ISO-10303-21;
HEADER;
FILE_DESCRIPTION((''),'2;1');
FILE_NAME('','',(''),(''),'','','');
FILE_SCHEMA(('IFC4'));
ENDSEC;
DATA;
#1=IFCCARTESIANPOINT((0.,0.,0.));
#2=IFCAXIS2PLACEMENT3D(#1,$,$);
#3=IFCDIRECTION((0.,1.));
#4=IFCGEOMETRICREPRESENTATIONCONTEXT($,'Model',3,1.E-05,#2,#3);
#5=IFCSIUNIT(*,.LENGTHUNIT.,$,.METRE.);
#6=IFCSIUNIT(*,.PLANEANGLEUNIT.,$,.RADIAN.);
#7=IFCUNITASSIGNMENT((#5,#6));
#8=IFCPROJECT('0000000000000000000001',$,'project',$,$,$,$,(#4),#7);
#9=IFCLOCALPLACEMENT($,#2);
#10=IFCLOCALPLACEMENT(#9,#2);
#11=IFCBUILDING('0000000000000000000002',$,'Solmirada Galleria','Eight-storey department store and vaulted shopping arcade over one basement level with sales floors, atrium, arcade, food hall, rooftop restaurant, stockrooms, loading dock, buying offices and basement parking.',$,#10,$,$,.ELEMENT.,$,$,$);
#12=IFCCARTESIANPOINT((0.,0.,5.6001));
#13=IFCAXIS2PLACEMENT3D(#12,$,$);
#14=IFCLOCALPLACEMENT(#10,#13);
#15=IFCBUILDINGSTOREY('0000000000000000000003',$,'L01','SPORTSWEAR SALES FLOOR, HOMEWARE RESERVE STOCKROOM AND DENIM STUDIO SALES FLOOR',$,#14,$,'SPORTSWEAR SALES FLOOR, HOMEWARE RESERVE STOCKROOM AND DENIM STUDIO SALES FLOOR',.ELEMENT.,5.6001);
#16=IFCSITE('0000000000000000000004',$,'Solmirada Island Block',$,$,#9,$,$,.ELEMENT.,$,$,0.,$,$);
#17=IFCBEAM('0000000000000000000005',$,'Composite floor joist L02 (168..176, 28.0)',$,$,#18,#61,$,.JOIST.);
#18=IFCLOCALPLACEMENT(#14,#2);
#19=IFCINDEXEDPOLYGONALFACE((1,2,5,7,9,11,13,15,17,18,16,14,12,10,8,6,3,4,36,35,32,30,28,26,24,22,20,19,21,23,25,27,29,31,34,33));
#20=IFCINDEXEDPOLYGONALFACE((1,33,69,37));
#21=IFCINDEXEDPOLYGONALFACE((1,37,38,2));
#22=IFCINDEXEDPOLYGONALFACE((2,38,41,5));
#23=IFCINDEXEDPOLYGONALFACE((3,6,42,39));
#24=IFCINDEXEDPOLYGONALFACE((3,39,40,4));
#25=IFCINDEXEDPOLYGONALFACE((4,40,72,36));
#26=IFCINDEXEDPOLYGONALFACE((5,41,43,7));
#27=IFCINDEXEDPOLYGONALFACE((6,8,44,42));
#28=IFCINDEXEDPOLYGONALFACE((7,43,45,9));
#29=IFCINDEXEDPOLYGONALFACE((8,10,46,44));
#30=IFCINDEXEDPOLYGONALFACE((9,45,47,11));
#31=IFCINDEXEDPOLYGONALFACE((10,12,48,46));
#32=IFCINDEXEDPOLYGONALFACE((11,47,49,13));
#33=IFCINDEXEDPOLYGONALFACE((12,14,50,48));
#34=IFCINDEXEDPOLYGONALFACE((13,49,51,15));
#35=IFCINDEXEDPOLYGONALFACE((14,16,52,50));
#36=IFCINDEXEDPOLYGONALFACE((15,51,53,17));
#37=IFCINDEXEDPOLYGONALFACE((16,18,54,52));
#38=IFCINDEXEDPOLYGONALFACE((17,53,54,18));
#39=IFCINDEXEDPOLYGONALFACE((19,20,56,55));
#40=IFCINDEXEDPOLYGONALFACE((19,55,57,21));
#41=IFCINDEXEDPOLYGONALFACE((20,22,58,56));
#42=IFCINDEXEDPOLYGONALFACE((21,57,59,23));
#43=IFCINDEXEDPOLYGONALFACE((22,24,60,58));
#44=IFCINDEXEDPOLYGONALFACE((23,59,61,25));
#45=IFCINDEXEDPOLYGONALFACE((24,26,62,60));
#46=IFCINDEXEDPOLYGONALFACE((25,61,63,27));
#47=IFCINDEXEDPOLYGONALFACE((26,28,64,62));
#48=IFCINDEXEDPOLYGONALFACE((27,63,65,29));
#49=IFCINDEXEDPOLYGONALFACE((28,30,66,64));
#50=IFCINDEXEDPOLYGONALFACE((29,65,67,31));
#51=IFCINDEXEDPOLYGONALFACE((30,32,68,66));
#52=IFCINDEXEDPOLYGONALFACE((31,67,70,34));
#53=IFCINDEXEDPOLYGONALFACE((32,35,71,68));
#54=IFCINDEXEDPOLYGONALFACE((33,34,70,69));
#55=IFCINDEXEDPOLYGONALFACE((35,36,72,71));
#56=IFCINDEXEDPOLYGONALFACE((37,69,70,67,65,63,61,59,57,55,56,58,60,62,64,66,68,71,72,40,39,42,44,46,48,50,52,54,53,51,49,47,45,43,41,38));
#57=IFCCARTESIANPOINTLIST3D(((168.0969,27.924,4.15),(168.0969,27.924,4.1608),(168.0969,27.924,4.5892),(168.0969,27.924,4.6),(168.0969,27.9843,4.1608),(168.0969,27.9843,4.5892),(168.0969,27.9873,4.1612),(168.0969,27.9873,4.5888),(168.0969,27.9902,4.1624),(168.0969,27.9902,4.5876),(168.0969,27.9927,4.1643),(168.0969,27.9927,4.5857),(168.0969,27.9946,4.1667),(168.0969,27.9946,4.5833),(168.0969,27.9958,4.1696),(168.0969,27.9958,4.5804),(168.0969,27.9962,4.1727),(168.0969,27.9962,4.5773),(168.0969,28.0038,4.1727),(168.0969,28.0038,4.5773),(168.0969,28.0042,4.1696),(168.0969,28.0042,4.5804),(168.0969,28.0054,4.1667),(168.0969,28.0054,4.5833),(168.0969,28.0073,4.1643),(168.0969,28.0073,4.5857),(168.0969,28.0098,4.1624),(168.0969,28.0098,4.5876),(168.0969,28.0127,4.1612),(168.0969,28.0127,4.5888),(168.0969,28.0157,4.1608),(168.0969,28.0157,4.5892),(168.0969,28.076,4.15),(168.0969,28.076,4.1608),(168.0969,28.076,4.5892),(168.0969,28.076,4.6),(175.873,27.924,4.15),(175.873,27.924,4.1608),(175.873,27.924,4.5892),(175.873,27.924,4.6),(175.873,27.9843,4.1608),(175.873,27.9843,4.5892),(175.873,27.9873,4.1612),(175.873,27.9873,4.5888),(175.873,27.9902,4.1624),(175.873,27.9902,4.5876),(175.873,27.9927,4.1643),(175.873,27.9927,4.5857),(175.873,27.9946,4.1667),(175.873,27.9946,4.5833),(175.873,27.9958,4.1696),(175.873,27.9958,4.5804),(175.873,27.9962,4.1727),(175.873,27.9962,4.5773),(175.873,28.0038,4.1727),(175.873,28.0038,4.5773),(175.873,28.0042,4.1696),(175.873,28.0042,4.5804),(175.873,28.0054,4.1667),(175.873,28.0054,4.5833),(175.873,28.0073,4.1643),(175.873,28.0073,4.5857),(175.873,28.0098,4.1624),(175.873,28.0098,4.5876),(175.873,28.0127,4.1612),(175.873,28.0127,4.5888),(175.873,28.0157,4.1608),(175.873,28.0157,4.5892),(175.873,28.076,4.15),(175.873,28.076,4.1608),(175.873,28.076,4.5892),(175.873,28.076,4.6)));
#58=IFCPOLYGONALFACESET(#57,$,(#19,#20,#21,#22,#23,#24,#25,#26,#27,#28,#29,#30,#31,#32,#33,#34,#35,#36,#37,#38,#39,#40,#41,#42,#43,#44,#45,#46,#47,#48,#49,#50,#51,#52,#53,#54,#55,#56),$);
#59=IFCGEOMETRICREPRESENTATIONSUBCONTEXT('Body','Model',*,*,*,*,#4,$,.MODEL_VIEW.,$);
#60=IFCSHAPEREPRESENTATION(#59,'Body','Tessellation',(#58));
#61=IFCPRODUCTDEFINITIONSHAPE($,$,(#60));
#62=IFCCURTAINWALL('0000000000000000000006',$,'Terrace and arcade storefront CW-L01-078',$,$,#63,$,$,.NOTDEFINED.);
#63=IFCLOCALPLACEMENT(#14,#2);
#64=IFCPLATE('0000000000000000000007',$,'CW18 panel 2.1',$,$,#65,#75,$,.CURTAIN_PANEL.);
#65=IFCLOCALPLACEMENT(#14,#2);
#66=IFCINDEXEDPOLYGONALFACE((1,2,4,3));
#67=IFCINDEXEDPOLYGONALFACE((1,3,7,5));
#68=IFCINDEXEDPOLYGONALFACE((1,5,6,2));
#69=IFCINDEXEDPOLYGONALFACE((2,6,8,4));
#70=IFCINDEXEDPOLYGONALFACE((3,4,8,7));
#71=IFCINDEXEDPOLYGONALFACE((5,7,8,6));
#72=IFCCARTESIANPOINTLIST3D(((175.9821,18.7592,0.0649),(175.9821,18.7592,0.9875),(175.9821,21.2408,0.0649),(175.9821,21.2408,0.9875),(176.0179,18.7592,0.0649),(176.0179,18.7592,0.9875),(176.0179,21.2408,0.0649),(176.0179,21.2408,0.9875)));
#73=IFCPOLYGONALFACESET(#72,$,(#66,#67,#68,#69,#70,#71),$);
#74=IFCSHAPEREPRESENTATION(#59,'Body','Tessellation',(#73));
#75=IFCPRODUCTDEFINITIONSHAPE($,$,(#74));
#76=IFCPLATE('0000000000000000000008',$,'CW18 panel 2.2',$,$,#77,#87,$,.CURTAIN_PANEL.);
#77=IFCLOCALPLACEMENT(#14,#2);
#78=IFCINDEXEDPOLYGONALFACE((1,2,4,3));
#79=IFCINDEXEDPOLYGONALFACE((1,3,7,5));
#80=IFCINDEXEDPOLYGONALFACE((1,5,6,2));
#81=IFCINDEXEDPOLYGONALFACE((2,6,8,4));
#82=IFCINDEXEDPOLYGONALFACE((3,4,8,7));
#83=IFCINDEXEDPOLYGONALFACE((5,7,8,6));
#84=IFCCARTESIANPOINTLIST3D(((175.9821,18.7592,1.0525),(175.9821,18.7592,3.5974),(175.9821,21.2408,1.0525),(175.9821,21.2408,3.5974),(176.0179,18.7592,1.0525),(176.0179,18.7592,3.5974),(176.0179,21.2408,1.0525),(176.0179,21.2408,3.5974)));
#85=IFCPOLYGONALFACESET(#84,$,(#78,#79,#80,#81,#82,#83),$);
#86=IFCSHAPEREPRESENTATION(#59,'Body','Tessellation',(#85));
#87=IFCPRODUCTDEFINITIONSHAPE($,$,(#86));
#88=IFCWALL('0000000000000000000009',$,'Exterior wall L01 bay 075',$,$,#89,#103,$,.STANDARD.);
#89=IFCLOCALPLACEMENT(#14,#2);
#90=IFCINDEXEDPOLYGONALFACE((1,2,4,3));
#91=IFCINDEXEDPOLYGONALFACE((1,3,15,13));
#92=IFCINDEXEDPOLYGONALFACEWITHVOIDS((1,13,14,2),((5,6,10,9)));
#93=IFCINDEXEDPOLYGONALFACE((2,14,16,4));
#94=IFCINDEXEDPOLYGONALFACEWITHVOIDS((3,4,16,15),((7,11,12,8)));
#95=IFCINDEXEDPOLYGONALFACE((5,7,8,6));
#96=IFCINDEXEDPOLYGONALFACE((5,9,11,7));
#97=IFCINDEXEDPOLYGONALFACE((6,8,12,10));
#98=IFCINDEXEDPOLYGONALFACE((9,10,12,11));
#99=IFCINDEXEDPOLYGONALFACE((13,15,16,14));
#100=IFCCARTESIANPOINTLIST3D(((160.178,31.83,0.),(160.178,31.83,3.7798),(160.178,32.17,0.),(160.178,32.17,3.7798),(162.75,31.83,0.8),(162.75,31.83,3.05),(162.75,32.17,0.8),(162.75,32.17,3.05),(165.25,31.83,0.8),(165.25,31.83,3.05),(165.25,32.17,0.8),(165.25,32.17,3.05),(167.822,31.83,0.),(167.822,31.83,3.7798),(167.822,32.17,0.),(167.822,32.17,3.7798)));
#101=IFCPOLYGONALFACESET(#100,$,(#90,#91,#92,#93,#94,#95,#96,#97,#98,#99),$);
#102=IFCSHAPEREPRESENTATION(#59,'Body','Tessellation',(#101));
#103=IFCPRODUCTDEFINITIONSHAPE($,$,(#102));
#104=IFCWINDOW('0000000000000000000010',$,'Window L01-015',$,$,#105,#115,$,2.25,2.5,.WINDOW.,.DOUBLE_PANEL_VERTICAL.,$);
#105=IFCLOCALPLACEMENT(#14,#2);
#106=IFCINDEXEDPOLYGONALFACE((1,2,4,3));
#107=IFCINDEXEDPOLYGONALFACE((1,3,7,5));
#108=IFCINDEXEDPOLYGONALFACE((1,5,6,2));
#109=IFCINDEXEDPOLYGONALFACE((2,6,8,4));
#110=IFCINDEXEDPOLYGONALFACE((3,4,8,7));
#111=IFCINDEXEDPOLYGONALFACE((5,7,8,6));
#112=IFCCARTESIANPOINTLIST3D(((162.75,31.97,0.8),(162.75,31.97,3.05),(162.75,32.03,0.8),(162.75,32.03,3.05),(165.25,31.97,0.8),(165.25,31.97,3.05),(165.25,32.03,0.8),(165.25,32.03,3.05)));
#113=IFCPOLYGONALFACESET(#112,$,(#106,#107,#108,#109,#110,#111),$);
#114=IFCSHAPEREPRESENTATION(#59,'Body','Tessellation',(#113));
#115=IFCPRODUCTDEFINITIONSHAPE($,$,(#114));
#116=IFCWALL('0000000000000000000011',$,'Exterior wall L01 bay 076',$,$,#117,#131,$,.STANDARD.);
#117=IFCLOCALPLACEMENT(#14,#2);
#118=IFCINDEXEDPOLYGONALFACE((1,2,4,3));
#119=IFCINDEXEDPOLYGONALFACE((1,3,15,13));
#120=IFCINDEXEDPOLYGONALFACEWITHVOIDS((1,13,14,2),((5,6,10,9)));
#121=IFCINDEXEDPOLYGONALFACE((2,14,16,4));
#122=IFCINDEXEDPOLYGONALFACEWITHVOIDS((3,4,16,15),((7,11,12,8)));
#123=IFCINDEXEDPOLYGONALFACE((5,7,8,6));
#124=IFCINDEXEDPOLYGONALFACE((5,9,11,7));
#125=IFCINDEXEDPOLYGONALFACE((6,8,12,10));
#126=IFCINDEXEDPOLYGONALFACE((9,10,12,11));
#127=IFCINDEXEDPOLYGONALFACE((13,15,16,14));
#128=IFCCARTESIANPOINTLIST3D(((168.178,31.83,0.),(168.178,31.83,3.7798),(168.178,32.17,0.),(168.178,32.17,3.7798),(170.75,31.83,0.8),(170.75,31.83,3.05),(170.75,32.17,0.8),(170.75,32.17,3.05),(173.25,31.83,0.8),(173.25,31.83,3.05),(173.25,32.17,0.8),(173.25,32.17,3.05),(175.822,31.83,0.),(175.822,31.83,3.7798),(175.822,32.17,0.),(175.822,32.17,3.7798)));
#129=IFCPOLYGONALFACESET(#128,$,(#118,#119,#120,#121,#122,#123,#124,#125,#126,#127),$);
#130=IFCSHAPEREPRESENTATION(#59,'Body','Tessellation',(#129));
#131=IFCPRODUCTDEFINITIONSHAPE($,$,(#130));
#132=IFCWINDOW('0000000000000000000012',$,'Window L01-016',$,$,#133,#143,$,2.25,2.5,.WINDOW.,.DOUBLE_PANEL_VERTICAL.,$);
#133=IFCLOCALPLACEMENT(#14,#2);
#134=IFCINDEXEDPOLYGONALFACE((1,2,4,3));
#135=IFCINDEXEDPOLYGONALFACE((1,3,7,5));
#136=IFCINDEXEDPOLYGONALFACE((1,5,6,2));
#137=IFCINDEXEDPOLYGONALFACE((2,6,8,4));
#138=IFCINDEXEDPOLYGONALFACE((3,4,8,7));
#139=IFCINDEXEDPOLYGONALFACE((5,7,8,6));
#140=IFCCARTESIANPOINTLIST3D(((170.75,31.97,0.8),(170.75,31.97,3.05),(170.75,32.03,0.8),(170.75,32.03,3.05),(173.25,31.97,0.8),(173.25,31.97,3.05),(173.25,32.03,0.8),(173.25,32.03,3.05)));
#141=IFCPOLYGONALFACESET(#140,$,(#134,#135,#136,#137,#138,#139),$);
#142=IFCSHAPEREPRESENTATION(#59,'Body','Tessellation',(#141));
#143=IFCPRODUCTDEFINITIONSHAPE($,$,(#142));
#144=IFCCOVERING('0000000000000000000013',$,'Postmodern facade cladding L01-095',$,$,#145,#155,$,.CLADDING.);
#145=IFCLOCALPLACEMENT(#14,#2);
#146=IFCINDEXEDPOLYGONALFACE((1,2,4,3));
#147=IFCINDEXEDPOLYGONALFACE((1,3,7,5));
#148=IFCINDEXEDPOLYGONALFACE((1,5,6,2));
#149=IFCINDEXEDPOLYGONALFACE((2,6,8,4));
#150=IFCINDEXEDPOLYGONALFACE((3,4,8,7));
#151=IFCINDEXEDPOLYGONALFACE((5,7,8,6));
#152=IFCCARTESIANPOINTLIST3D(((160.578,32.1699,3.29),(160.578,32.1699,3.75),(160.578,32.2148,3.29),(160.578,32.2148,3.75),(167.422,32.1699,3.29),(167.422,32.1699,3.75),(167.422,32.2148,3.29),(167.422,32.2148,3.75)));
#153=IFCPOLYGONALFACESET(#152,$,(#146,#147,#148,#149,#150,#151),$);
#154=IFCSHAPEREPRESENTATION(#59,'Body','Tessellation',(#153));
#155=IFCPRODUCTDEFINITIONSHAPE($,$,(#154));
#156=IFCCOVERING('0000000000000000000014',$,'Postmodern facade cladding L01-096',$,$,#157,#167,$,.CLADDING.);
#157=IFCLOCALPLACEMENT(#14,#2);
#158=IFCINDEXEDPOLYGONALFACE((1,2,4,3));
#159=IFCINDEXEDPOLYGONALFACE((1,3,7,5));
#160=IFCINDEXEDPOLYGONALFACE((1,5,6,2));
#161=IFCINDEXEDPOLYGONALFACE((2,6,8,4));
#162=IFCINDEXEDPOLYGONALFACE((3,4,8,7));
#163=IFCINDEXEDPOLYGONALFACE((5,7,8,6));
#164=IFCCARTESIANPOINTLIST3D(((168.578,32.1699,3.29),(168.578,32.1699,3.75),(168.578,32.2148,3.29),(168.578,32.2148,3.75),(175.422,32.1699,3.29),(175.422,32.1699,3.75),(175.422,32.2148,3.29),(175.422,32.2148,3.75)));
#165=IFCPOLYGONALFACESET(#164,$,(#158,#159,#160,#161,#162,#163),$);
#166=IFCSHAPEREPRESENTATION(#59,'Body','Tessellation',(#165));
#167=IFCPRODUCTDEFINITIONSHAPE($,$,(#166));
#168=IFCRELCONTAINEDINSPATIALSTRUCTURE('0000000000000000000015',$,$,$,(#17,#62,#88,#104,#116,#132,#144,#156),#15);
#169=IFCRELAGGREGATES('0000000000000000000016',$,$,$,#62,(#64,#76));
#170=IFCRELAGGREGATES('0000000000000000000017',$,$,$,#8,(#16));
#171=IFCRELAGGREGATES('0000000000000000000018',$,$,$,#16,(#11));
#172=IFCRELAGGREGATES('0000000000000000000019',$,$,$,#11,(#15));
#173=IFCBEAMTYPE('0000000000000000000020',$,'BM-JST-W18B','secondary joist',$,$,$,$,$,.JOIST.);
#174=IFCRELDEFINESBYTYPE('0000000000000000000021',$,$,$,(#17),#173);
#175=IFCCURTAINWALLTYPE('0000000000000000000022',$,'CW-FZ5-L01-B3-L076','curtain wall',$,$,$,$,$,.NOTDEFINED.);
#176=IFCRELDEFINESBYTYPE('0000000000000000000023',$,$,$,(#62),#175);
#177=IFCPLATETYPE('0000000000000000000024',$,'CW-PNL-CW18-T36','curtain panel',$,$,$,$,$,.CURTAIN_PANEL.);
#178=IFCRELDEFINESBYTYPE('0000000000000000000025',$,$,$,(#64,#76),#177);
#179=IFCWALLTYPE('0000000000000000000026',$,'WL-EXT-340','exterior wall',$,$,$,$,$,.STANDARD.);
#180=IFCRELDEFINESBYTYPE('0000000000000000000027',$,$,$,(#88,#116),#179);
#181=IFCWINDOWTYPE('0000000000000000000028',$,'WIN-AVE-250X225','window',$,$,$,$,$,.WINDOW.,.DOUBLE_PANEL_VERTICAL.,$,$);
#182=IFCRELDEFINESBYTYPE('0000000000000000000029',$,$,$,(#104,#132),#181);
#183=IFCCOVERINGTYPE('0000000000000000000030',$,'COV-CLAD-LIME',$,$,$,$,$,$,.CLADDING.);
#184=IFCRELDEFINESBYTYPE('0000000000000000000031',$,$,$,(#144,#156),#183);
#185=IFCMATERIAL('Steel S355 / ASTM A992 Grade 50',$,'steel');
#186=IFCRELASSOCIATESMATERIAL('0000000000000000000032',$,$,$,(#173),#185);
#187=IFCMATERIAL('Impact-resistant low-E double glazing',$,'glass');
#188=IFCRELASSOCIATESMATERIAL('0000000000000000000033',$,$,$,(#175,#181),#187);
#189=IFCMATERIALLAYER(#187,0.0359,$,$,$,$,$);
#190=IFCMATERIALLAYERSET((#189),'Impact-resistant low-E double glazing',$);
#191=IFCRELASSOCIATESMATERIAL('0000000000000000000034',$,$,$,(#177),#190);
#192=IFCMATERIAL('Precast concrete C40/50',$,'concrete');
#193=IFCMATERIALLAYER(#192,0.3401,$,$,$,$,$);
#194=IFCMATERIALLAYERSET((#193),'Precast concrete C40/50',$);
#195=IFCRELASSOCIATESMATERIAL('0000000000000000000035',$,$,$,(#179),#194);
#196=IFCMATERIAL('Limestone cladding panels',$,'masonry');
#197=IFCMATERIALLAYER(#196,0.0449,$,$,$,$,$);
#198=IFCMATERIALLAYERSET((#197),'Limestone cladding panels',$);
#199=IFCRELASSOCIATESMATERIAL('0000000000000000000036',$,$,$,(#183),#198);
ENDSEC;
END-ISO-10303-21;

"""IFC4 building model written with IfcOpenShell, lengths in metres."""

from ifc_helpers import new_model, si_unit, direction, frame, frame_2d, origin, origin_2d, place, context, subcontext, project, spatial, rectangle, i_section, extrude, material, layer, layer_set, material_profile, profile_set, type_object, element, fill, aggregate, save


model = new_model("IFC4")

# Units and contexts
model_context = context("Model", 3, precision=1e-05, world=origin(), true_north=direction((0.0, 1.0)))
body_context = subcontext(model_context, "Body", "Model", "MODEL_VIEW")
ifc_project = project(units=[si_unit("LENGTHUNIT", "METRE"), si_unit("PLANEANGLEUNIT", "RADIAN")], contexts=[model_context])

# Site, building, storey
site_placement = place(None, origin())
site = spatial("IfcSite", under=ifc_project, at=site_placement, Name="Solmirada Island Block", CompositionType="ELEMENT", RefElevation=0.0)
building_placement = place(site_placement, origin())
building = spatial("IfcBuilding", under=site, at=building_placement, Name="Solmirada Galleria", Description="Eight-storey department store and vaulted shopping arcade over one basement level with sales floors, atrium, arcade, food hall, rooftop restaurant, stockrooms, loading dock, buying offices and basement parking.", CompositionType="ELEMENT")
storey_placement = place(building_placement, frame((0.0, 0.0, 5.6001)))
storey = spatial("IfcBuildingStorey", under=building, at=storey_placement, Name="L01", Description="SPORTSWEAR SALES FLOOR, HOMEWARE RESERVE STOCKROOM AND DENIM STUDIO SALES FLOOR", LongName="SPORTSWEAR SALES FLOOR, HOMEWARE RESERVE STOCKROOM AND DENIM STUDIO SALES FLOOR", CompositionType="ELEMENT", Elevation=5.6001)

# Beam
ifc_material_1 = material(Name="Steel S355 / ASTM A992 Grade 50", Category="steel")
ifc_material_profile_1 = material_profile(ifc_material_1, i_section(OverallWidth=0.1521, OverallDepth=0.45, WebThickness=0.0076, FlangeThickness=0.0107, FilletRadius=0.012, at=origin_2d()), Name="W18X35")
ifc_profile_set_1 = profile_set([ifc_material_profile_1], Name="Steel S355 / ASTM A992 Grade 50")
beam_type_1 = type_object("IfcBeamType", Name="BM-JST-W18B", Description="secondary joist", PredefinedType="JOIST", material=ifc_profile_set_1)
for number, where, z_axis, x_axis, name in (
    (1, (168.0969, 28.0, 4.375), (1.0, 0.0, 0.0), (0.0, 1.0, 0.0), "Composite floor joist L02 (168..176, 28.0)"),
):
    element("IfcBeam", number, at=place(storey_placement, frame(where, z_axis=z_axis, x_axis=x_axis)), inside=storey, type_object=beam_type_1, Name=name, PredefinedType="JOIST", context=body_context, shape_type="SweptSolid", body=[
        extrude(i_section(OverallWidth=0.1521, OverallDepth=0.45, WebThickness=0.0076, FlangeThickness=0.0107, FilletRadius=0.012, at=origin_2d()), origin(), (0.0, 0.0, 1.0), 7.7761),
    ])

# Curtain wall, plates
ifc_material_2 = material(Name="Impact-resistant low-E double glazing", Category="glass")
curtain_wall_type = type_object("IfcCurtainWallType", Name="CW-FZ5-L01-B3-L076", Description="curtain wall", PredefinedType="NOTDEFINED", material=ifc_material_2)
curtain_wall_placement = place(storey_placement, origin())
curtain_wall = element("IfcCurtainWall", 2, at=curtain_wall_placement, inside=storey, type_object=curtain_wall_type, Name="Terrace and arcade storefront CW-L01-078", PredefinedType="NOTDEFINED")
ifc_layer_1 = layer(ifc_material_2, 0.0359)
ifc_layer_set_1 = layer_set([ifc_layer_1], Name="Impact-resistant low-E double glazing")
plate_type = type_object("IfcPlateType", Name="CW-PNL-CW18-T36", Description="curtain panel", PredefinedType="CURTAIN_PANEL", material=ifc_layer_set_1)
plate_1_placement = place(storey_placement, frame((176.0, 20.0, 0.0649), z_axis=(0.0, 0.0, 1.0), x_axis=(0.0, -1.0, 0.0)))
plate_1 = element("IfcPlate", 3, at=plate_1_placement, type_object=plate_type, Name="CW18 panel 2.1", PredefinedType="CURTAIN_PANEL", context=body_context, shape_type="SweptSolid", body=[
    extrude(rectangle(XDim=2.4817, YDim=0.0359, at=origin_2d()), origin(), (0.0, 0.0, 1.0), 0.9226),
])
plate_2_placement = place(storey_placement, frame((176.0, 20.0, 1.0525), z_axis=(0.0, 0.0, 1.0), x_axis=(0.0, -1.0, 0.0)))
plate_2 = element("IfcPlate", 4, at=plate_2_placement, type_object=plate_type, Name="CW18 panel 2.2", PredefinedType="CURTAIN_PANEL", context=body_context, shape_type="SweptSolid", body=[
    extrude(rectangle(XDim=2.4817, YDim=0.0359, at=origin_2d()), origin(), (0.0, 0.0, 1.0), 2.5449),
])
aggregate(curtain_wall, [plate_1, plate_2])

# Walls, openings, windows
ifc_material_3 = material(Name="Precast concrete C40/50", Category="concrete")
ifc_layer_2 = layer(ifc_material_3, 0.3401)
ifc_layer_set_2 = layer_set([ifc_layer_2], Name="Precast concrete C40/50")
wall_type = type_object("IfcWallType", Name="WL-EXT-340", Description="exterior wall", PredefinedType="STANDARD", material=ifc_layer_set_2)
wall_1_placement = place(storey_placement, frame((160.178, 32.0, 0.0), z_axis=(0.0, 0.0, 1.0), x_axis=(1.0, 0.0, 0.0)))
wall_1 = element("IfcWall", 5, at=wall_1_placement, inside=storey, type_object=wall_type, Name="Exterior wall L01 bay 075", PredefinedType="STANDARD", context=body_context, shape_type="SweptSolid", body=[
    extrude(rectangle(XDim=7.644, YDim=0.3401, at=frame_2d((3.822, 0.0))), origin(), (0.0, 0.0, 1.0), 3.7798),
])
opening_1_placement = place(wall_1_placement, frame((2.572, 0.0, 0.8)))
opening_1 = element("IfcOpeningElement", 6, at=opening_1_placement, cuts=wall_1, PredefinedType="OPENING", context=body_context, shape_type="SweptSolid", body=[
    extrude(rectangle(XDim=2.5, YDim=2.25, at=frame_2d((1.25, 1.125))), frame((0.0, 0.1799, 0.0), z_axis=(0.0, -1.0, 0.0), x_axis=(1.0, 0.0, 0.0)), (0.0, 0.0, 1.0), 0.3601),
])
window_type = type_object("IfcWindowType", Name="WIN-AVE-250X225", Description="window", PartitioningType="DOUBLE_PANEL_VERTICAL", PredefinedType="WINDOW", material=ifc_material_2)
window_1_placement = place(opening_1_placement, origin())
window_1 = element("IfcWindow", 7, at=window_1_placement, inside=storey, type_object=window_type, Name="Window L01-015", OverallHeight=2.25, OverallWidth=2.5, PartitioningType="DOUBLE_PANEL_VERTICAL", PredefinedType="WINDOW", context=body_context, shape_type="SweptSolid", body=[
    extrude(rectangle(XDim=2.5, YDim=2.25, at=frame_2d((1.25, 1.125))), frame((0.0, 0.03, 0.0), z_axis=(0.0, -1.0, 0.0), x_axis=(1.0, 0.0, 0.0)), (0.0, 0.0, 1.0), 0.0601),
])
fill(opening_1, window_1)
wall_2_placement = place(storey_placement, frame((168.178, 32.0, 0.0), z_axis=(0.0, 0.0, 1.0), x_axis=(1.0, 0.0, 0.0)))
wall_2 = element("IfcWall", 8, at=wall_2_placement, inside=storey, type_object=wall_type, Name="Exterior wall L01 bay 076", PredefinedType="STANDARD", context=body_context, shape_type="SweptSolid", body=[
    extrude(rectangle(XDim=7.644, YDim=0.3401, at=frame_2d((3.822, 0.0))), origin(), (0.0, 0.0, 1.0), 3.7798),
])
opening_2_placement = place(wall_2_placement, frame((2.572, 0.0, 0.8)))
opening_2 = element("IfcOpeningElement", 9, at=opening_2_placement, cuts=wall_2, PredefinedType="OPENING", context=body_context, shape_type="SweptSolid", body=[
    extrude(rectangle(XDim=2.5, YDim=2.25, at=frame_2d((1.25, 1.125))), frame((0.0, 0.1799, 0.0), z_axis=(0.0, -1.0, 0.0), x_axis=(1.0, 0.0, 0.0)), (0.0, 0.0, 1.0), 0.3601),
])
window_2_placement = place(opening_2_placement, origin())
window_2 = element("IfcWindow", 10, at=window_2_placement, inside=storey, type_object=window_type, Name="Window L01-016", OverallHeight=2.25, OverallWidth=2.5, PartitioningType="DOUBLE_PANEL_VERTICAL", PredefinedType="WINDOW", context=body_context, shape_type="SweptSolid", body=[
    extrude(rectangle(XDim=2.5, YDim=2.25, at=frame_2d((1.25, 1.125))), frame((0.0, 0.03, 0.0), z_axis=(0.0, -1.0, 0.0), x_axis=(1.0, 0.0, 0.0)), (0.0, 0.0, 1.0), 0.0601),
])
fill(opening_2, window_2)

# Coverings
ifc_material_4 = material(Name="Limestone cladding panels", Category="masonry")
ifc_layer_3 = layer(ifc_material_4, 0.0449)
ifc_layer_set_3 = layer_set([ifc_layer_3], Name="Limestone cladding panels")
covering_type = type_object("IfcCoveringType", Name="COV-CLAD-LIME", PredefinedType="CLADDING", material=ifc_layer_set_3)
for number, where, z_axis, x_axis, name in (
    (11, (164.0, 32.1924, 3.29), (0.0, 0.0, 1.0), (1.0, 0.0, 0.0), "Postmodern facade cladding L01-095"),
    (12, (172.0, 32.1924, 3.29), (0.0, 0.0, 1.0), (1.0, 0.0, 0.0), "Postmodern facade cladding L01-096"),
):
    element("IfcCovering", number, at=place(storey_placement, frame(where, z_axis=z_axis, x_axis=x_axis)), inside=storey, type_object=covering_type, Name=name, PredefinedType="CLADDING", context=body_context, shape_type="SweptSolid", body=[
        extrude(rectangle(XDim=6.844, YDim=0.0449, at=origin_2d()), origin(), (0.0, 0.0, 1.0), 0.46),
    ])

save(model, "model.ifc")
